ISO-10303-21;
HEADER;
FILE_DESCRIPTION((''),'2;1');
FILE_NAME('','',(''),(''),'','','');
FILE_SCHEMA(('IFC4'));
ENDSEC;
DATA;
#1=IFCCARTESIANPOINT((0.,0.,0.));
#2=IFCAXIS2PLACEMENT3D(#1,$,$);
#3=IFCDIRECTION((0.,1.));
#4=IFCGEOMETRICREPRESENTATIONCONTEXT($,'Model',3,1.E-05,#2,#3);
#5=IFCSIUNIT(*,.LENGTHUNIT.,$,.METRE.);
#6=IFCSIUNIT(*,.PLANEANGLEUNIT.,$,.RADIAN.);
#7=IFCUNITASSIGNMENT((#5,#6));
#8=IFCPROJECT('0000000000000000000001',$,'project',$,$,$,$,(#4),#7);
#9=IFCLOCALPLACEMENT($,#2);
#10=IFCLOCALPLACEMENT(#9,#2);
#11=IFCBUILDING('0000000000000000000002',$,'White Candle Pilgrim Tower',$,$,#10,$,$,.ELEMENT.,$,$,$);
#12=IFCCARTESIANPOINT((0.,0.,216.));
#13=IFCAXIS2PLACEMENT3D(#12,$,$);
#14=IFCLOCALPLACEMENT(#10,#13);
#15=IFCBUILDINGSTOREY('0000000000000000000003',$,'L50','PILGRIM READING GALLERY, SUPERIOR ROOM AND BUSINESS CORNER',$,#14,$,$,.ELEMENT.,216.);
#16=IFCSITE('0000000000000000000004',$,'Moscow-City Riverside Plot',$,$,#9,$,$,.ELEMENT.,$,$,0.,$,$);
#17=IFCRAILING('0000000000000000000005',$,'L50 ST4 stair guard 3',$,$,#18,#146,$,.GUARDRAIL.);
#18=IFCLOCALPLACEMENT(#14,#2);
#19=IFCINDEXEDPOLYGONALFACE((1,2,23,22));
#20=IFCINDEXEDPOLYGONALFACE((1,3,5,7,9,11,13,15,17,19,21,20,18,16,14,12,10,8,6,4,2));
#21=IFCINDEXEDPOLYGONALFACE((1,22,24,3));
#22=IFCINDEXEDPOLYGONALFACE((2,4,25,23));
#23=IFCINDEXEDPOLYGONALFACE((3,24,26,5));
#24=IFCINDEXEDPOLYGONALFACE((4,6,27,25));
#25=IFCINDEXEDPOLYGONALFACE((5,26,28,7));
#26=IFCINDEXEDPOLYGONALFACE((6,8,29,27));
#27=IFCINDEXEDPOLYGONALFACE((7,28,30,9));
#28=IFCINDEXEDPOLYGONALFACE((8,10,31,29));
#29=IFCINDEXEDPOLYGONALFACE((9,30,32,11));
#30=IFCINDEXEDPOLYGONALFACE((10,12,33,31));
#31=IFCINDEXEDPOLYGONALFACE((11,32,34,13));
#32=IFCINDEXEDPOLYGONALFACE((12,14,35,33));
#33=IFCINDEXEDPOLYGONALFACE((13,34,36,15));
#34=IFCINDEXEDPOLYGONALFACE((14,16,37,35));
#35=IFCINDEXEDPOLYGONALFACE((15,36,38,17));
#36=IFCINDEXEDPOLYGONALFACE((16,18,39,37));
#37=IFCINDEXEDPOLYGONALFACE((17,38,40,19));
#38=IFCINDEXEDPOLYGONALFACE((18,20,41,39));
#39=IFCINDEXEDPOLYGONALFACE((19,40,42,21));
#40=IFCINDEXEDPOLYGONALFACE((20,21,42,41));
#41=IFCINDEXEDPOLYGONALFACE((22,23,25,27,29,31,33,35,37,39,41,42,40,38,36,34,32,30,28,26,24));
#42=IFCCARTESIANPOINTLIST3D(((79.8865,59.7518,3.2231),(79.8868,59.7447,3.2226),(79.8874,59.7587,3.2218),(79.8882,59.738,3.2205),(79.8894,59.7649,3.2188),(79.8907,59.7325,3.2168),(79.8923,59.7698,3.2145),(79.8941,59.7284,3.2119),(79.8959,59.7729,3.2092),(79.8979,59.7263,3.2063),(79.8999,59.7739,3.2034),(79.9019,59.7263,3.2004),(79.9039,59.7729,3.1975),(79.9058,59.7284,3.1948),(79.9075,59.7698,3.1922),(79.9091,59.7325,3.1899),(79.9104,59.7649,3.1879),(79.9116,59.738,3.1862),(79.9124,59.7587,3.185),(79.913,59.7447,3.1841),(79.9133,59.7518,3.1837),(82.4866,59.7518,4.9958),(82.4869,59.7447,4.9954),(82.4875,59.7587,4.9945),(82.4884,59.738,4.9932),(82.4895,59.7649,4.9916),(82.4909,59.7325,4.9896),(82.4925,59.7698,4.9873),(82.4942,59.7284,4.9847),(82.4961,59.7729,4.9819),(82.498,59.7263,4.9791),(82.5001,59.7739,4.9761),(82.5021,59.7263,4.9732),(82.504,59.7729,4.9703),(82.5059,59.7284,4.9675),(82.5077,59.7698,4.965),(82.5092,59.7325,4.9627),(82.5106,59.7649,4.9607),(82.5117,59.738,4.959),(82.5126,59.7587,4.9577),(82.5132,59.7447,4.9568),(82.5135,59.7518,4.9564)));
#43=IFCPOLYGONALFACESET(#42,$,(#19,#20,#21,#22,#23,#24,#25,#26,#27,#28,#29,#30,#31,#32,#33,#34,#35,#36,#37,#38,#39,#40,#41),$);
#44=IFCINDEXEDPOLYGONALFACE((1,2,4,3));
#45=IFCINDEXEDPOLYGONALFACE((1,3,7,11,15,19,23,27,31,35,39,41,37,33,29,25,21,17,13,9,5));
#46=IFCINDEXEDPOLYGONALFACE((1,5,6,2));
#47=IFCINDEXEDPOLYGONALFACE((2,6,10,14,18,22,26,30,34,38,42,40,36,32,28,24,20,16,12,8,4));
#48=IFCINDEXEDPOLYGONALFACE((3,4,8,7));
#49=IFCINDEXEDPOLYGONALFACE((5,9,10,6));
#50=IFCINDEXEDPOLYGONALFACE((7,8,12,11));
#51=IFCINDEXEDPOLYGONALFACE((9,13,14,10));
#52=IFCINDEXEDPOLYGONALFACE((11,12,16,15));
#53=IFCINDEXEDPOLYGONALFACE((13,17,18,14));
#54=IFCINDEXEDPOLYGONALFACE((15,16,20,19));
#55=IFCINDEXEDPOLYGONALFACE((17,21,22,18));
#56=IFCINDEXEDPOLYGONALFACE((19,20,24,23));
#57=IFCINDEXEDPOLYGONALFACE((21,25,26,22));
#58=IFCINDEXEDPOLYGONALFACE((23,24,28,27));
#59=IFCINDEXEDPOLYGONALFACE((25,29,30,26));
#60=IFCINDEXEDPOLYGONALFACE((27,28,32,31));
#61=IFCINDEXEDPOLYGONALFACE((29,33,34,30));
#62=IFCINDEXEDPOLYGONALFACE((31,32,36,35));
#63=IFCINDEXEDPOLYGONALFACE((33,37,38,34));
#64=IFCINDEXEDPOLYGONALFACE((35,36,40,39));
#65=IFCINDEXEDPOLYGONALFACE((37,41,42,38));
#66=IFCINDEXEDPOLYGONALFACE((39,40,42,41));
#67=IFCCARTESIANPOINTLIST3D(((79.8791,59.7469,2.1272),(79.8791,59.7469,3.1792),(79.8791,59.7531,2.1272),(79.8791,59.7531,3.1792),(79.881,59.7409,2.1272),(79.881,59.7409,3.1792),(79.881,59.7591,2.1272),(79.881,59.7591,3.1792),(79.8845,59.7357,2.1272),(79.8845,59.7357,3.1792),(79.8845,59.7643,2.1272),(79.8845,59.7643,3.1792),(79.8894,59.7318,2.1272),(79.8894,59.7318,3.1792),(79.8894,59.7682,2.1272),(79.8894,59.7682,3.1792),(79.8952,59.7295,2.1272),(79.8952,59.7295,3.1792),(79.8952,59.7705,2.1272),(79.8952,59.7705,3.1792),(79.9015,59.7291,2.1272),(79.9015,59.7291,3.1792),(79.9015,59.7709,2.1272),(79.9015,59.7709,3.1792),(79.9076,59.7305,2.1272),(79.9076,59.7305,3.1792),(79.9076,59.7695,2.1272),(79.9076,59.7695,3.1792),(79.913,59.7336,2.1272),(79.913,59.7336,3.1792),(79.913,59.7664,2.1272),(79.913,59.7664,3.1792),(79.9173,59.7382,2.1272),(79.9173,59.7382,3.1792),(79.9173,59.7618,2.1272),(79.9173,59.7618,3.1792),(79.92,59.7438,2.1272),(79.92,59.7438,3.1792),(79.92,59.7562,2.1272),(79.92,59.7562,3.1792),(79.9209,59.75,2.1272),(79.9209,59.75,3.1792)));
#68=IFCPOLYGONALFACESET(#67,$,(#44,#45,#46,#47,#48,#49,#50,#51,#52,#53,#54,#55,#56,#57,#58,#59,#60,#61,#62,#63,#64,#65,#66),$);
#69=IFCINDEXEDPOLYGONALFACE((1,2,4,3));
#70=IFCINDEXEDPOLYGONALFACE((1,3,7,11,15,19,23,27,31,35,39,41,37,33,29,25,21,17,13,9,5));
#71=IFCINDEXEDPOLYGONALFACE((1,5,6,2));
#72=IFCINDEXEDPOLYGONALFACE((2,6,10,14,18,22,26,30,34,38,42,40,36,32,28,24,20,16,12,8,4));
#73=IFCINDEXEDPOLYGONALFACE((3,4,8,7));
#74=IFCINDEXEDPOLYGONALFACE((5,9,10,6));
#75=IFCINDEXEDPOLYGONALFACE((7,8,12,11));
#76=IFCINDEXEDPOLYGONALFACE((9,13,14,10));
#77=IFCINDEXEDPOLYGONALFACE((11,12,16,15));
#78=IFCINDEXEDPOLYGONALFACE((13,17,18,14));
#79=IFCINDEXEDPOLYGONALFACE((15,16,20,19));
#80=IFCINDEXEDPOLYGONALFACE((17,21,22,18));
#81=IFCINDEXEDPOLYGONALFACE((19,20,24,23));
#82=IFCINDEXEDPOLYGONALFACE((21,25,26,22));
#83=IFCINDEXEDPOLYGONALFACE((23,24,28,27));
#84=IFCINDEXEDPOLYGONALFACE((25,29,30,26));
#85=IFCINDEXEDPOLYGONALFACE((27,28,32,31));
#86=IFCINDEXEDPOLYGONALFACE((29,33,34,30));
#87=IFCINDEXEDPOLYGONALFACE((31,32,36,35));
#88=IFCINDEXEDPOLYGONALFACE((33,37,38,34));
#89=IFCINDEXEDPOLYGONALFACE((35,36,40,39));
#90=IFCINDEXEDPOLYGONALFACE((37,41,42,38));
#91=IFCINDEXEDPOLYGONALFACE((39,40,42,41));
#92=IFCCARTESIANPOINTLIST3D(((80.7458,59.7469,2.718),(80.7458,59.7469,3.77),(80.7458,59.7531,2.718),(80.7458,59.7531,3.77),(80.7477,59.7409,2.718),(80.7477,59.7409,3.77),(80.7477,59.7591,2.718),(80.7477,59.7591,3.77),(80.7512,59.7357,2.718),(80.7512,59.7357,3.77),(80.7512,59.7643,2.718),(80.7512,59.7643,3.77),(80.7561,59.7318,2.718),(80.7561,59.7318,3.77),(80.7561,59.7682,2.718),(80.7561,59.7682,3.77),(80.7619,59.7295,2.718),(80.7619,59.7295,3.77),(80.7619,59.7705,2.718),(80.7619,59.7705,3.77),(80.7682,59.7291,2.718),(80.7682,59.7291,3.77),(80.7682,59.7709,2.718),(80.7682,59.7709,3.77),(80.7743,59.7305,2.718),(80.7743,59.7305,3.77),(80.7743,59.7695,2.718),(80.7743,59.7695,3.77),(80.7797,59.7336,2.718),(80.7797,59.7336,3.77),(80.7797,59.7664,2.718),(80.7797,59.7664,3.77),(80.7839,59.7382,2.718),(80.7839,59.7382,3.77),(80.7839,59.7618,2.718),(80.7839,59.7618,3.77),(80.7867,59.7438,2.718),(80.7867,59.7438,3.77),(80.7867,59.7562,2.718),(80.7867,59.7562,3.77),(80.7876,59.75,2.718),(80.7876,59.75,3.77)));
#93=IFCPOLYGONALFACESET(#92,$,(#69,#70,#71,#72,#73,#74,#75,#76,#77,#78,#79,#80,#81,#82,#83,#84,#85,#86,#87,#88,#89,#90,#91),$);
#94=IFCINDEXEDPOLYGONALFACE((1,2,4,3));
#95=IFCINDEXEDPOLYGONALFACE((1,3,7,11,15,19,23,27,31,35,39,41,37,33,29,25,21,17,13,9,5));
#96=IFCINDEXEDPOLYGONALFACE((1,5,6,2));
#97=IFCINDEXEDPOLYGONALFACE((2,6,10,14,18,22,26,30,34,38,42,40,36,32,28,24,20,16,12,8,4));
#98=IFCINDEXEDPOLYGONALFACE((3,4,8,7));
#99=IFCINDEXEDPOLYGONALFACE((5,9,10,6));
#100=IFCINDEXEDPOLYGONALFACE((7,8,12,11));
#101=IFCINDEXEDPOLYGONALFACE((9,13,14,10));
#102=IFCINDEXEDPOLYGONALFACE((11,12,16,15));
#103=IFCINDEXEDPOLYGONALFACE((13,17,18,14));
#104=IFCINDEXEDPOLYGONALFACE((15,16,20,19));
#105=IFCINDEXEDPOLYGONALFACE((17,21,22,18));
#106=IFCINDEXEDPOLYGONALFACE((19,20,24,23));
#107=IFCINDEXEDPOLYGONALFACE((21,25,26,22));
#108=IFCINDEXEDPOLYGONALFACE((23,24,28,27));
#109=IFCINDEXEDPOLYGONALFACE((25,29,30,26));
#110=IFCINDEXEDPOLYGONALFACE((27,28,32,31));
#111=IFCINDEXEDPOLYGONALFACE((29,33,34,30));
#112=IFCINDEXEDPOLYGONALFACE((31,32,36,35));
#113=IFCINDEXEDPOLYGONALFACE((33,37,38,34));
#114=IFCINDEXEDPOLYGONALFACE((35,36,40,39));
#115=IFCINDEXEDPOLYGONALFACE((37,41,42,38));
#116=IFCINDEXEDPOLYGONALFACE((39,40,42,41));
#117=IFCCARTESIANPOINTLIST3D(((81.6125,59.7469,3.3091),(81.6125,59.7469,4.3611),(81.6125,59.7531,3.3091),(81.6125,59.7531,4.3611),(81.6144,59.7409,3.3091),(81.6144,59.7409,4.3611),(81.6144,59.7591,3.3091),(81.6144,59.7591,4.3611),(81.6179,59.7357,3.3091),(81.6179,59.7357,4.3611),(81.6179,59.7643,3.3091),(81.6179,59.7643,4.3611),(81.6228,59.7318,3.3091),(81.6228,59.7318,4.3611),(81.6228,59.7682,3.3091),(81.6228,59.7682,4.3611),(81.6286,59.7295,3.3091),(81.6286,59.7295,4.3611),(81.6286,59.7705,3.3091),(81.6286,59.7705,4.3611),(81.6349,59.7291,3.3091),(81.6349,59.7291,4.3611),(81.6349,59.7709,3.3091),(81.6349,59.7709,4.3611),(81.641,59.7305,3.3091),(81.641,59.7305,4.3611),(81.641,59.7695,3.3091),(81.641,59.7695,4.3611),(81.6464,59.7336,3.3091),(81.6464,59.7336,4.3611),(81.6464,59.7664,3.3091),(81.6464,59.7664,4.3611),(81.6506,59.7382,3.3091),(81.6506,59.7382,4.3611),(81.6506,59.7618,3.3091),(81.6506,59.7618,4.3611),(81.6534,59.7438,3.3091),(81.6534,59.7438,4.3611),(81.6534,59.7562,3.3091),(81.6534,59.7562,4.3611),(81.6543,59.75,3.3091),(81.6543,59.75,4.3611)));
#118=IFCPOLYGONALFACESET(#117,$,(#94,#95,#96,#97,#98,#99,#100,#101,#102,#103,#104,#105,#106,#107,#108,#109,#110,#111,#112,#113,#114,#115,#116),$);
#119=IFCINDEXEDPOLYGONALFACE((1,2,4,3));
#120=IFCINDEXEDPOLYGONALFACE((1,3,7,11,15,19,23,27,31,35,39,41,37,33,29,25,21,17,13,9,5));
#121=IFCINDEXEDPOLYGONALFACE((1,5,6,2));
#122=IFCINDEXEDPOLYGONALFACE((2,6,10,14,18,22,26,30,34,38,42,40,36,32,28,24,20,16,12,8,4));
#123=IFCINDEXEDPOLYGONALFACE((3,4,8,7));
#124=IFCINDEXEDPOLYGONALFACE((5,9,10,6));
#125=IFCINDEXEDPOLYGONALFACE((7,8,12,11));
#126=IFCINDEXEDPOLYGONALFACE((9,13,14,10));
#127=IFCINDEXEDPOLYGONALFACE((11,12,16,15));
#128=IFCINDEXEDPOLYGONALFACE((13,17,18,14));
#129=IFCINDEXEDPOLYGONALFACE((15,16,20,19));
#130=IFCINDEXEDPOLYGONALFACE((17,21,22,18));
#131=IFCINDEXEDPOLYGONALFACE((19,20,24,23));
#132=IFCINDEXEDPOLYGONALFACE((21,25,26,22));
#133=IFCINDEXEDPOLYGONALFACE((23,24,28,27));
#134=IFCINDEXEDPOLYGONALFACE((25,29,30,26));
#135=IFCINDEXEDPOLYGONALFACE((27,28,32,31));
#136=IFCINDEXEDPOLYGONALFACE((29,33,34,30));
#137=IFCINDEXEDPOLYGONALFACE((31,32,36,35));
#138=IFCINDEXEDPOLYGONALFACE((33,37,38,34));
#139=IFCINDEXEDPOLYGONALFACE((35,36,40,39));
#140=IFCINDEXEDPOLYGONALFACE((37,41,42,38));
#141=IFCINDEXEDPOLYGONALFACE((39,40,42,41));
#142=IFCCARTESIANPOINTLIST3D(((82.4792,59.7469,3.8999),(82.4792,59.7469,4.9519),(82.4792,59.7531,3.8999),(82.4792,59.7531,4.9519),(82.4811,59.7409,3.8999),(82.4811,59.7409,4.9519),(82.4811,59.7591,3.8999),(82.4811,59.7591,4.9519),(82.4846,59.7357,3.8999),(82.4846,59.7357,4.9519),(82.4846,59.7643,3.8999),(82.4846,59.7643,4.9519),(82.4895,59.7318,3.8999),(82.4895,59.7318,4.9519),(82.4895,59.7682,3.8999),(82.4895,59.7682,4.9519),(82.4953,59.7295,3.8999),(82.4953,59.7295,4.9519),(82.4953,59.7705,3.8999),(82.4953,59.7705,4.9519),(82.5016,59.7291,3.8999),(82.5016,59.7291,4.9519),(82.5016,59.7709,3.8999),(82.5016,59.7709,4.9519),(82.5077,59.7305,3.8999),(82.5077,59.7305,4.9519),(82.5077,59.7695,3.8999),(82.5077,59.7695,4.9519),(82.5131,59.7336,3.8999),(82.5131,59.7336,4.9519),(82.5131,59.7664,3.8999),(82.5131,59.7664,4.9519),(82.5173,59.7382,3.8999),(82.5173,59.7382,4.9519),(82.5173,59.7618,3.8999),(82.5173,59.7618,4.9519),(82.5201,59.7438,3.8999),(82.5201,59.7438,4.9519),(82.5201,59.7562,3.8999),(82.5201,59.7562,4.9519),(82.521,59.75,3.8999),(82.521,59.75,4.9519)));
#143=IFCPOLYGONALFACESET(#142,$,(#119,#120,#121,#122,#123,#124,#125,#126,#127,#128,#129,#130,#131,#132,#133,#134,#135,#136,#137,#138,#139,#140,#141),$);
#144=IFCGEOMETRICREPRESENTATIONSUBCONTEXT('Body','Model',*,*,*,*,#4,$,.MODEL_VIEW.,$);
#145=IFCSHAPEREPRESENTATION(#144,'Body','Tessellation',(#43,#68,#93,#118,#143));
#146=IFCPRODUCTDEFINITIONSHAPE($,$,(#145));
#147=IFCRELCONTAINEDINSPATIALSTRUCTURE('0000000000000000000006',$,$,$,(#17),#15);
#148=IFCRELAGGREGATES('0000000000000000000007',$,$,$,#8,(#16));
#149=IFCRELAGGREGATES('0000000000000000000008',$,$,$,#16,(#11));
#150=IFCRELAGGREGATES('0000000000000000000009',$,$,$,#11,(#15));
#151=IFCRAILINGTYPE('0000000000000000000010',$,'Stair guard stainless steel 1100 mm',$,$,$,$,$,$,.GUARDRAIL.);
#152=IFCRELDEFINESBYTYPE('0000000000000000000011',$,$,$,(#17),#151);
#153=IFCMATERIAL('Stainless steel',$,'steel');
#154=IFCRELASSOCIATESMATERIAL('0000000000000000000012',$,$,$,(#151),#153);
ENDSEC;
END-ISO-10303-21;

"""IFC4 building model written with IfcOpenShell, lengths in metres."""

from ifc_helpers import new_model, si_unit, direction, frame, origin, origin_2d, place, context, subcontext, project, spatial, circle, extrude, material, type_object, element, save


model = new_model("IFC4")

# Units and contexts
model_context = context("Model", 3, precision=1e-05, world=origin(), true_north=direction((0.0, 1.0)))
body_context = subcontext(model_context, "Body", "Model", "MODEL_VIEW")
ifc_project = project(units=[si_unit("LENGTHUNIT", "METRE"), si_unit("PLANEANGLEUNIT", "RADIAN")], contexts=[model_context])

# Site, building, storey
site_placement = place(None, origin())
site = spatial("IfcSite", under=ifc_project, at=site_placement, Name="Moscow-City Riverside Plot", CompositionType="ELEMENT", RefElevation=0.0)
building_placement = place(site_placement, origin())
building = spatial("IfcBuilding", under=site, at=building_placement, Name="White Candle Pilgrim Tower", CompositionType="ELEMENT")
storey_placement = place(building_placement, frame((0.0, 0.0, 216.0)))
storey = spatial("IfcBuildingStorey", under=building, at=storey_placement, Name="L50", Description="PILGRIM READING GALLERY, SUPERIOR ROOM AND BUSINESS CORNER", CompositionType="ELEMENT", Elevation=216.0)

# Railing
ifc_material_1 = material(Name="Stainless steel", Category="steel")
railing_type_1 = type_object("IfcRailingType", Name="Stair guard stainless steel 1100 mm", PredefinedType="GUARDRAIL", material=ifc_material_1)
railing_1_placement = place(storey_placement, frame((79.8999, 59.75, 2.1272)))
element("IfcRailing", 1, at=railing_1_placement, inside=storey, type_object=railing_type_1, Name="L50 ST4 stair guard 3", PredefinedType="GUARDRAIL", context=body_context, shape_type="SweptSolid", body=[
    extrude(circle(Radius=0.0239, at=origin_2d()), frame((0.0, 0.0, 1.0762), z_axis=(0.82624, 0.0, 0.563318), x_axis=(0.0, 1.0, 0.0)), (0.0, 0.0, 1.0), 3.147),
    extrude(circle(Radius=0.021, at=origin_2d()), origin(), (0.0, 0.0, 1.0), 1.052),
    extrude(circle(Radius=0.021, at=origin_2d()), frame((0.8667, 0.0, 0.5908)), (0.0, 0.0, 1.0), 1.052),
    extrude(circle(Radius=0.021, at=origin_2d()), frame((1.7334, 0.0, 1.1819)), (0.0, 0.0, 1.0), 1.052),
    extrude(circle(Radius=0.021, at=origin_2d()), frame((2.6001, 0.0, 1.7727)), (0.0, 0.0, 1.0), 1.052),
])

save(model, "model.ifc")
